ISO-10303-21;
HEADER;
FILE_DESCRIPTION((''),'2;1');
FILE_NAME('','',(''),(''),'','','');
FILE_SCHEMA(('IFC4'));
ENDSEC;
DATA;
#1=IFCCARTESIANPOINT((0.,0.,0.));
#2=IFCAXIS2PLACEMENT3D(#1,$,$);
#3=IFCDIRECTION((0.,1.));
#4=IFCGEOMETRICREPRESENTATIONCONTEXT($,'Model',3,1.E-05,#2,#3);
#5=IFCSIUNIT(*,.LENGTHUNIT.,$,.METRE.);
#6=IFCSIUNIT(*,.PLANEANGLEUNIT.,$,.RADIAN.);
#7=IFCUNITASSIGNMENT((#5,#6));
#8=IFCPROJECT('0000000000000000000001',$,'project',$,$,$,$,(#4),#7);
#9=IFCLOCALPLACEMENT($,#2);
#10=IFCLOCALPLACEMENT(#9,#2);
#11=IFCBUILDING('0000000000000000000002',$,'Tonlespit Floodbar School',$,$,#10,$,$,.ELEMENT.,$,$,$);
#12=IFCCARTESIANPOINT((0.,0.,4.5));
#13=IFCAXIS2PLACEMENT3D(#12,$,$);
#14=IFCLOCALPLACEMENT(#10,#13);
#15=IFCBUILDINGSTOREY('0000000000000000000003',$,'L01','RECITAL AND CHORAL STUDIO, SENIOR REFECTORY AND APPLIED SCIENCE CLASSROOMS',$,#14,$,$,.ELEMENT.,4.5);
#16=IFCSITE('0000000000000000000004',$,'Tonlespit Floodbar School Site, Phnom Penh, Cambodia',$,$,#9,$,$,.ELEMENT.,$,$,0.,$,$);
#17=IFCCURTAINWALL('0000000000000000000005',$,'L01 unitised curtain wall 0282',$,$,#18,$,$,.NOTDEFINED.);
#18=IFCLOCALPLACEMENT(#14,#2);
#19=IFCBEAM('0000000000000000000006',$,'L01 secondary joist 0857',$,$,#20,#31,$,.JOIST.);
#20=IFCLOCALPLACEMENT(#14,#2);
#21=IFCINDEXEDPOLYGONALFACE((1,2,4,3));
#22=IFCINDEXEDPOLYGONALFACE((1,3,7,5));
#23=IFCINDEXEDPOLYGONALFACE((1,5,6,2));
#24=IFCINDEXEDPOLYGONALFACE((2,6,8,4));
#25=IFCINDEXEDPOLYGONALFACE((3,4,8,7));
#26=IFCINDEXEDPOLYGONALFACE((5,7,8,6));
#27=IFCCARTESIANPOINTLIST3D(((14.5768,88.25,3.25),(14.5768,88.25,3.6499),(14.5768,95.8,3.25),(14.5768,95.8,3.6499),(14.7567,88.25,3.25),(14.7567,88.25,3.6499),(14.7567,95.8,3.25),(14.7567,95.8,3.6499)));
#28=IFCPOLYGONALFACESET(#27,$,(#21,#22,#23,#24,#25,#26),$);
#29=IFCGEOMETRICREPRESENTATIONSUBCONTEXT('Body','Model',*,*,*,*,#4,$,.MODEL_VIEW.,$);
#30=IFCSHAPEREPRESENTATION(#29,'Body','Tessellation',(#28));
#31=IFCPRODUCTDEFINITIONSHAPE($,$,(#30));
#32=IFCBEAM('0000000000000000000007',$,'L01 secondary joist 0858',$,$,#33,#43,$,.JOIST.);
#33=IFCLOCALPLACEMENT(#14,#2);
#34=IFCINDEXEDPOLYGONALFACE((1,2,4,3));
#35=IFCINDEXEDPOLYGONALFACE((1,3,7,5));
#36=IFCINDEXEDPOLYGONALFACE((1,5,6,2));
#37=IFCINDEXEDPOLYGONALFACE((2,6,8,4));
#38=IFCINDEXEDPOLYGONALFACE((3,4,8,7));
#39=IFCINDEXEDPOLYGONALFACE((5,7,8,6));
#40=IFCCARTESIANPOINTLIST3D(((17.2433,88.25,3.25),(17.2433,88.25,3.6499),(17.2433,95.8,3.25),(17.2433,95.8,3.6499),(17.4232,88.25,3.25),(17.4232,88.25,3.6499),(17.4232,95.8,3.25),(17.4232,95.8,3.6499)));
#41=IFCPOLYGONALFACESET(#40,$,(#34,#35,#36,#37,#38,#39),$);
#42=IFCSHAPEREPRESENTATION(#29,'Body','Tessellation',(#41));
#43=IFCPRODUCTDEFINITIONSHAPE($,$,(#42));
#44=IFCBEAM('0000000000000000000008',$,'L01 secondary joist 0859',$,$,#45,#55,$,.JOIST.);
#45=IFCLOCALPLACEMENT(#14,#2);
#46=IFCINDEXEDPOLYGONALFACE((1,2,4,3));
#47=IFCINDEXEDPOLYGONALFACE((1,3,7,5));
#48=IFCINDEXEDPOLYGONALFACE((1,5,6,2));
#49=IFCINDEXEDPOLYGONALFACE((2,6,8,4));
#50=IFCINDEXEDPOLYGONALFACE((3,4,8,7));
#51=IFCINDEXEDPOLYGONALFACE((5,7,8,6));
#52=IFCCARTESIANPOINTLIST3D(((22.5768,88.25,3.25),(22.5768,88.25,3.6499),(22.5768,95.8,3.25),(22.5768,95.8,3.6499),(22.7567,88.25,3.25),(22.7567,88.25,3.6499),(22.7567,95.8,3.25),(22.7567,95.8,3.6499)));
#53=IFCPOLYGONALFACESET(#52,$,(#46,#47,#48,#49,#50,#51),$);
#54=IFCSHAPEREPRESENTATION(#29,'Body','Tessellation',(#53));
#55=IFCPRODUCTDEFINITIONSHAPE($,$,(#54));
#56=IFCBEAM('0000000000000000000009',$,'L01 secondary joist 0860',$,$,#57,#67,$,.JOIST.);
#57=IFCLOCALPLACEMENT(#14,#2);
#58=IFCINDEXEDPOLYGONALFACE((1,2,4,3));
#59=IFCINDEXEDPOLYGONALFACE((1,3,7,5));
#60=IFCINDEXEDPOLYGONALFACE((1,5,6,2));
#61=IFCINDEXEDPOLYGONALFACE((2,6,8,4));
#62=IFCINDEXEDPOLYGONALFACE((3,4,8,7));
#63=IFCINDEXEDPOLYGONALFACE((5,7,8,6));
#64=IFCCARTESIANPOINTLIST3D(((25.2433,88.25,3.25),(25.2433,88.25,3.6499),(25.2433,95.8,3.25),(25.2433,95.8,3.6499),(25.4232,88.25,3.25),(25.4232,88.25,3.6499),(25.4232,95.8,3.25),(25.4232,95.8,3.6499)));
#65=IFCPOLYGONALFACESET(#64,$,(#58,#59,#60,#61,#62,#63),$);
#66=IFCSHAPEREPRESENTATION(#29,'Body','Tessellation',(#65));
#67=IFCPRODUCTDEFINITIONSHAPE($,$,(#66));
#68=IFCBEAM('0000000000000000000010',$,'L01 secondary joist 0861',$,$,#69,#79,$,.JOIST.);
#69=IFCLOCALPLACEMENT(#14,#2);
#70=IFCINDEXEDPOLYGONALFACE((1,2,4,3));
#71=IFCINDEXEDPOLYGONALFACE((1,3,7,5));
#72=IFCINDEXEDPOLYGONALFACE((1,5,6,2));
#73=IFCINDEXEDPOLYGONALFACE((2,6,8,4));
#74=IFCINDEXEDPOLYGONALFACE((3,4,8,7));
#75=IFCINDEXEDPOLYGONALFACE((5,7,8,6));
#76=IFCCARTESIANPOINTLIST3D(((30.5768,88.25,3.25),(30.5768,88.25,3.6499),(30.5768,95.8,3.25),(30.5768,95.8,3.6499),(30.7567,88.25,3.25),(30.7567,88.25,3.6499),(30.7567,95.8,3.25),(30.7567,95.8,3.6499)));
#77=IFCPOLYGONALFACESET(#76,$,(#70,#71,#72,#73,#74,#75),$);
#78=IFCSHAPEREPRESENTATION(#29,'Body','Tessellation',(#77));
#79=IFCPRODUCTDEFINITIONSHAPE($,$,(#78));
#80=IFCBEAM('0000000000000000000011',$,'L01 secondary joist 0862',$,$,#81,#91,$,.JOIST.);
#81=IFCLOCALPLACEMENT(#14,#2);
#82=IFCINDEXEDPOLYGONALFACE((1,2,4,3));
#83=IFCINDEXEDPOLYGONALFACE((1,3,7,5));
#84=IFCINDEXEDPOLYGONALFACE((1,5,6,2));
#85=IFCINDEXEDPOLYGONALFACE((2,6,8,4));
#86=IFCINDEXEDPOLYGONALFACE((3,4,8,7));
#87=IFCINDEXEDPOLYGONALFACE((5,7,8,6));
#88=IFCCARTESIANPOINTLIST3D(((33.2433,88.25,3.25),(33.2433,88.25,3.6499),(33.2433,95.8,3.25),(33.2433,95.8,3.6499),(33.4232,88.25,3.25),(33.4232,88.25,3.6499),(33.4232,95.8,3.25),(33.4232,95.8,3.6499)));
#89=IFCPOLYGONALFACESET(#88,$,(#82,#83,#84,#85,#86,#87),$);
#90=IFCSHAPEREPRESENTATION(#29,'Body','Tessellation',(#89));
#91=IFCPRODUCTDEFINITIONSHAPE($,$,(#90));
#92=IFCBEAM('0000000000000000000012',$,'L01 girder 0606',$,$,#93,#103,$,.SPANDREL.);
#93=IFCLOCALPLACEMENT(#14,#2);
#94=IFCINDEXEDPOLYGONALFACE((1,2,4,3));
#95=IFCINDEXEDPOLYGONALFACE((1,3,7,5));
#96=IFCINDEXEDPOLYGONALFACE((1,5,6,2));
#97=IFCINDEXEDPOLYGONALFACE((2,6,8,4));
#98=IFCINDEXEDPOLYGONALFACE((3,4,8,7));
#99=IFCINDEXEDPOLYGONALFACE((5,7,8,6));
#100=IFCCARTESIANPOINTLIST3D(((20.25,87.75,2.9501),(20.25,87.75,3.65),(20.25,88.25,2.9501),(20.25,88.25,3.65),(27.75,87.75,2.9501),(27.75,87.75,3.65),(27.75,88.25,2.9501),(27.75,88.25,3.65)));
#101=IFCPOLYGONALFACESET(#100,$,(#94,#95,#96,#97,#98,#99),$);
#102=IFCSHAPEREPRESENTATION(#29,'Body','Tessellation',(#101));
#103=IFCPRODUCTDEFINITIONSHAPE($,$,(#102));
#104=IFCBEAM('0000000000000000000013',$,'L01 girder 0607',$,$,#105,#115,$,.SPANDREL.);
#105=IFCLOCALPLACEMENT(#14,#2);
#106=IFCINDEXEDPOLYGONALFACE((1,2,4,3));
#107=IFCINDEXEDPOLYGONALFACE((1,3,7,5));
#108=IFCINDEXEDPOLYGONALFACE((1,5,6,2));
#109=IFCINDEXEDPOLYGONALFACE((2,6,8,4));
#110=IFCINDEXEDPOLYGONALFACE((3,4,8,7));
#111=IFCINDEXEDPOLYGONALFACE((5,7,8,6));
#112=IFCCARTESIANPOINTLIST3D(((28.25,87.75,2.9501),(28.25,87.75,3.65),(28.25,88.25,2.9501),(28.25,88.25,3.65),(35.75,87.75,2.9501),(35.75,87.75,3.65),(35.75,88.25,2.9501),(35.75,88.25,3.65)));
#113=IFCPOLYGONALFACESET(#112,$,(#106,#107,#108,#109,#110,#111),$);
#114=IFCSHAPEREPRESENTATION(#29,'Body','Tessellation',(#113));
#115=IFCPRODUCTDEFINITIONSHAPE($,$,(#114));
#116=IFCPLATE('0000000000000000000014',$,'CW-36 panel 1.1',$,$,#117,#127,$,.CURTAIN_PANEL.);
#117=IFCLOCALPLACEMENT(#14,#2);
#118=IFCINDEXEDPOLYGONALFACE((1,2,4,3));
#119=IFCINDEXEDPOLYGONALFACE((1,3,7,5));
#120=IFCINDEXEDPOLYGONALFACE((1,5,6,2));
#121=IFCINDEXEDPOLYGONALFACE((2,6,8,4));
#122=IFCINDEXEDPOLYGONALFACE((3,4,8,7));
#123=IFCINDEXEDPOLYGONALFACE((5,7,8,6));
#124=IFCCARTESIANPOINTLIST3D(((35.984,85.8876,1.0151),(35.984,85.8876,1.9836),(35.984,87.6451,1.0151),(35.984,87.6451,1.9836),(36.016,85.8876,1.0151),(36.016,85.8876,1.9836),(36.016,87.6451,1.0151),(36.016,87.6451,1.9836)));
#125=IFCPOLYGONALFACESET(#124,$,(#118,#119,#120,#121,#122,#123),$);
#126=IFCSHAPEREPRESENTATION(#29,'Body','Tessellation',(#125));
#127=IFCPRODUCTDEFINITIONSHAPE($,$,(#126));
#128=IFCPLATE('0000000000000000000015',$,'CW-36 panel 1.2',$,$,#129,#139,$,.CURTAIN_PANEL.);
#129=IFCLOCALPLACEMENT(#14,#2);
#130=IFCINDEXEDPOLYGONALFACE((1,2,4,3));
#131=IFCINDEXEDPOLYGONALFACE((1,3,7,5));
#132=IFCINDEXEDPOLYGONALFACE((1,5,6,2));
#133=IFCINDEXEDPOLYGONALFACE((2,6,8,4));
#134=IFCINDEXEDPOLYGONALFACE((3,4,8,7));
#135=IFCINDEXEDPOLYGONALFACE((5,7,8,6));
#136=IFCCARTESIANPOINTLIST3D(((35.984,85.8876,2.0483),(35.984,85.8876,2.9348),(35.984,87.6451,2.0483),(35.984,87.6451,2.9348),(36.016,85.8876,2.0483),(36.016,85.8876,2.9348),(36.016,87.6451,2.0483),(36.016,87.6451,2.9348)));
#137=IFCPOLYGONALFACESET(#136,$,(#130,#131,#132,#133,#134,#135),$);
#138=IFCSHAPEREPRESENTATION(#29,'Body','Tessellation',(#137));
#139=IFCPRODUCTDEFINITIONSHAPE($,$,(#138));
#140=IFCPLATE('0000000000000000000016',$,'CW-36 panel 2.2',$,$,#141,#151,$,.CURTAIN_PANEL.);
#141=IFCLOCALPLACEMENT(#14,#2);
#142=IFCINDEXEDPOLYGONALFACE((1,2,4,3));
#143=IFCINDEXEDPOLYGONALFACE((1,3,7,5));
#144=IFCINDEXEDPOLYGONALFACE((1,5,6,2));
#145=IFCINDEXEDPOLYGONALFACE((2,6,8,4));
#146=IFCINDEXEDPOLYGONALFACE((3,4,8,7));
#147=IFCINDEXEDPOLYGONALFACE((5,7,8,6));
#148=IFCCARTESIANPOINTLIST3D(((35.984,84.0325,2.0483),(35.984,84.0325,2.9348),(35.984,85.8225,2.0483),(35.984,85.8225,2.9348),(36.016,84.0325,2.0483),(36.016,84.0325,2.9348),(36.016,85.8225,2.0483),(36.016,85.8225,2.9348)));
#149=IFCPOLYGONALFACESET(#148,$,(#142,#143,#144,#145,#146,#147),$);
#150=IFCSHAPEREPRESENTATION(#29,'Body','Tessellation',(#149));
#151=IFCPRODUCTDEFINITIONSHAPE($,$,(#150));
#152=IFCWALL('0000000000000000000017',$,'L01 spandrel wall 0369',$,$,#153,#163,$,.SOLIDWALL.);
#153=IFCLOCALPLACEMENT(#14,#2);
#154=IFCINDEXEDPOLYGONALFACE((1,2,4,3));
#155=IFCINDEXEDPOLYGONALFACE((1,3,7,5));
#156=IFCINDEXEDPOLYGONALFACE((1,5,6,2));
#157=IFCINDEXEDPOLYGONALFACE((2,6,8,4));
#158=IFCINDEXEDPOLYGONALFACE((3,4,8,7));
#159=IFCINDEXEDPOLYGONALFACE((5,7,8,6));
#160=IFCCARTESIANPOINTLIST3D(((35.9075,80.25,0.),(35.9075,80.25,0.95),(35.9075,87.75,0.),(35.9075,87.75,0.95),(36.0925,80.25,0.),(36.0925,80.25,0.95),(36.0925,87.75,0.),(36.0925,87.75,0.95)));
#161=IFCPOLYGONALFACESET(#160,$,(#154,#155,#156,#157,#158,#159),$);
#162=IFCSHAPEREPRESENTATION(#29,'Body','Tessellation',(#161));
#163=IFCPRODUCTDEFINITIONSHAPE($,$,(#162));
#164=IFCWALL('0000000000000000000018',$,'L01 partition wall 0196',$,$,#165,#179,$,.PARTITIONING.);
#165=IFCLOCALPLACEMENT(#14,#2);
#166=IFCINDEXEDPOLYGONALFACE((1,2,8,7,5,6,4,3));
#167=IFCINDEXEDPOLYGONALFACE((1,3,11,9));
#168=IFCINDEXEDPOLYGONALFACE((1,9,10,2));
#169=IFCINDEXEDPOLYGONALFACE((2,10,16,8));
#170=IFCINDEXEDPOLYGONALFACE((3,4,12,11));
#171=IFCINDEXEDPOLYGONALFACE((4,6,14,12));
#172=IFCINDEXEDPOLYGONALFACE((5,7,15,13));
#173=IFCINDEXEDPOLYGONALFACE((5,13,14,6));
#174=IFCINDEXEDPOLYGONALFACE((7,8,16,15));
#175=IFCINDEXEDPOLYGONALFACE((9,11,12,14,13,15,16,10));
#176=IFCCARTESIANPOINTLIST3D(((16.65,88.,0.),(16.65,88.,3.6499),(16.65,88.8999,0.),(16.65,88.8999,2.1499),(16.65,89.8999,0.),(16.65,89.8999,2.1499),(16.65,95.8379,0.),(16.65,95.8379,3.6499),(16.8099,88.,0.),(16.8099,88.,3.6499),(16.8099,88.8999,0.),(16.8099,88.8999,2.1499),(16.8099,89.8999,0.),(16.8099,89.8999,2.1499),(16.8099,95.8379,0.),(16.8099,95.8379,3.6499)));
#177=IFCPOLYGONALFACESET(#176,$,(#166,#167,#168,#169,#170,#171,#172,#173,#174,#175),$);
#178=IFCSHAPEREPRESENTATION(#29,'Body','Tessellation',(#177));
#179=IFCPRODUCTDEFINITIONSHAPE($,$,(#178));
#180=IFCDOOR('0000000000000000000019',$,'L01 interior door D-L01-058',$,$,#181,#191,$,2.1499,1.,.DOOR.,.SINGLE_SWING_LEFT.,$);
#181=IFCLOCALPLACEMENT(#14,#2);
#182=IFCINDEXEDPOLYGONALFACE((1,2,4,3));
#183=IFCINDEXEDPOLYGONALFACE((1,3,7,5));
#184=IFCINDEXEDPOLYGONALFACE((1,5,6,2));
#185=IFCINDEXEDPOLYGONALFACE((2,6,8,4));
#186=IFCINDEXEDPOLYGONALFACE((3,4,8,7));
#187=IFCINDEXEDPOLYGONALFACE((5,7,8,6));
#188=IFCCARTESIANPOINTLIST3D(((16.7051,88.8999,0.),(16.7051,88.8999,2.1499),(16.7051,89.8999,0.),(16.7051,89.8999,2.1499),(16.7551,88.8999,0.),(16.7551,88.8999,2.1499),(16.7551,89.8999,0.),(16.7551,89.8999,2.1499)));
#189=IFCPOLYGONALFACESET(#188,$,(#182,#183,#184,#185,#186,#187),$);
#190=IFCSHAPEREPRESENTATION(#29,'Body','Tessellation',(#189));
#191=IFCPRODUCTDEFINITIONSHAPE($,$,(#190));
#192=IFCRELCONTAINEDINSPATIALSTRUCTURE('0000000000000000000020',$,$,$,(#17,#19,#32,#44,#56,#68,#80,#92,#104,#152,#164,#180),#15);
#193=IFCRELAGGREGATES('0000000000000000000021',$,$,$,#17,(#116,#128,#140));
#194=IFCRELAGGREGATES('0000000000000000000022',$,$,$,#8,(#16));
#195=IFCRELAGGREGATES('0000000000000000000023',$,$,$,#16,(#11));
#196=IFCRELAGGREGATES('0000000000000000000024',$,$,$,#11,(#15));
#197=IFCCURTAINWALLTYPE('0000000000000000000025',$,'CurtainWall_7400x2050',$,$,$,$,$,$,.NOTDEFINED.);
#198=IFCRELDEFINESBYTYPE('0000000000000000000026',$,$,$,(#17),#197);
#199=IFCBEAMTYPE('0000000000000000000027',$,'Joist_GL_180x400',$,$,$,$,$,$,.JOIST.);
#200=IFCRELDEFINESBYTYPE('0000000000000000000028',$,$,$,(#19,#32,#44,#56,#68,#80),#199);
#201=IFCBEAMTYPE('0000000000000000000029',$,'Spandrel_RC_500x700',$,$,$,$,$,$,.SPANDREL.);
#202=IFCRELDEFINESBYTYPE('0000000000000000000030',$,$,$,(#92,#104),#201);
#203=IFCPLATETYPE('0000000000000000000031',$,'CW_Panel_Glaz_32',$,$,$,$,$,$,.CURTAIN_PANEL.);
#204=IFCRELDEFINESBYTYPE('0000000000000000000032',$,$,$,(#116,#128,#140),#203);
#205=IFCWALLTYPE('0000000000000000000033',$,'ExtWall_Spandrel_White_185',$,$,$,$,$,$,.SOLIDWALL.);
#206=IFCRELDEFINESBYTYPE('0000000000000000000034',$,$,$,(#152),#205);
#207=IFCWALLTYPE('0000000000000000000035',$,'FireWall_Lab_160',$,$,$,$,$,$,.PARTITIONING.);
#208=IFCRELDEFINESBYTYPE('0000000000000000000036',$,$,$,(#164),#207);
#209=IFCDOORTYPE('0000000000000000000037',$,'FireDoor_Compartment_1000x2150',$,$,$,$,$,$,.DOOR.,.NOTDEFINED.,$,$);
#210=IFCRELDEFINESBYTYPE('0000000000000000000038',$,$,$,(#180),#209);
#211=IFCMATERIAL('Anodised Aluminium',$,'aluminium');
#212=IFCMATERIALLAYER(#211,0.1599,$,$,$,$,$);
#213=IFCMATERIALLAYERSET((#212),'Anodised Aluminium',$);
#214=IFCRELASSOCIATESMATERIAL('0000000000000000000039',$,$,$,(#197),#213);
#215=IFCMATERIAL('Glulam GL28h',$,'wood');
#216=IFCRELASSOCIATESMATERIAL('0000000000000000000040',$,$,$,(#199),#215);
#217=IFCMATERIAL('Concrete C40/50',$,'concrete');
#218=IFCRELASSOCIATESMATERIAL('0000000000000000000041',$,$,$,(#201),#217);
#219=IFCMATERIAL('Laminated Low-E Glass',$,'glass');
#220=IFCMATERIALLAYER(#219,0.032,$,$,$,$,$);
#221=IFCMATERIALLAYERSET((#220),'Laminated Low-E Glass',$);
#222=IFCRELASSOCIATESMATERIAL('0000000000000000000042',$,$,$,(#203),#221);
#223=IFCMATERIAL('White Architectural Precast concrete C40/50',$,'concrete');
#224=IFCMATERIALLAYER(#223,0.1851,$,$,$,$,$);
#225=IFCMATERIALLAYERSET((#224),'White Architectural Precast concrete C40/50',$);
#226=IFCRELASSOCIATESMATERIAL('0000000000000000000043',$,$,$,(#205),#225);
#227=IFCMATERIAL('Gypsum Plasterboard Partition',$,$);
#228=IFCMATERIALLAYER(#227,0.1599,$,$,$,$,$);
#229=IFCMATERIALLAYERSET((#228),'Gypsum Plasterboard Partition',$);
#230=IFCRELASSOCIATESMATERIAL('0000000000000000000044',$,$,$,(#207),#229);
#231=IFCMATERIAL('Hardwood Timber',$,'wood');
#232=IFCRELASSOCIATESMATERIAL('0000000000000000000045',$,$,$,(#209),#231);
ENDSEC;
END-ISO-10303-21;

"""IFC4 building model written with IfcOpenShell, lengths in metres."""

from ifc_helpers import new_model, si_unit, direction, frame, frame_2d, origin, origin_2d, place, context, subcontext, project, spatial, rectangle, extrude, material, layer, layer_set, material_profile, profile_set, type_object, element, fill, aggregate, save


model = new_model("IFC4")

# Units and contexts
model_context = context("Model", 3, precision=1e-05, world=origin(), true_north=direction((0.0, 1.0)))
body_context = subcontext(model_context, "Body", "Model", "MODEL_VIEW")
ifc_project = project(units=[si_unit("LENGTHUNIT", "METRE"), si_unit("PLANEANGLEUNIT", "RADIAN")], contexts=[model_context])

# Site, building, storey
site_placement = place(None, origin())
site = spatial("IfcSite", under=ifc_project, at=site_placement, Name="Tonlespit Floodbar School Site, Phnom Penh, Cambodia", CompositionType="ELEMENT", RefElevation=0.0)
building_placement = place(site_placement, origin())
building = spatial("IfcBuilding", under=site, at=building_placement, Name="Tonlespit Floodbar School", CompositionType="ELEMENT")
storey_placement = place(building_placement, frame((0.0, 0.0, 4.5)))
storey = spatial("IfcBuildingStorey", under=building, at=storey_placement, Name="L01", Description="RECITAL AND CHORAL STUDIO, SENIOR REFECTORY AND APPLIED SCIENCE CLASSROOMS", CompositionType="ELEMENT", Elevation=4.5)

# Shared definitions
ifc_material_1 = material(Name="Concrete C40/50", Category="concrete")

# Curtain wall
ifc_material_2 = material(Name="Anodised Aluminium", Category="aluminium")
ifc_layer_1 = layer(ifc_material_2, 0.1599)
ifc_layer_set_1 = layer_set([ifc_layer_1], Name="Anodised Aluminium")
curtain_wall_type = type_object("IfcCurtainWallType", Name="CurtainWall_7400x2050", PredefinedType="NOTDEFINED", material=ifc_layer_set_1)
curtain_wall_placement = place(storey_placement, origin())
curtain_wall = element("IfcCurtainWall", 1, at=curtain_wall_placement, inside=storey, type_object=curtain_wall_type, Name="L01 unitised curtain wall 0282", PredefinedType="NOTDEFINED")

# Beams
ifc_material_3 = material(Name="Glulam GL28h", Category="wood")
ifc_material_profile_1 = material_profile(ifc_material_3, rectangle(XDim=0.1799, YDim=0.3999, at=origin_2d()), Name="GL 180x400")
ifc_profile_set_1 = profile_set([ifc_material_profile_1], Name="Glulam GL28h")
beam_type_1 = type_object("IfcBeamType", Name="Joist_GL_180x400", PredefinedType="JOIST", material=ifc_profile_set_1)
for number, where, z_axis, x_axis, name in (
    (2, (14.6667, 88.25, 3.45), (0.0, 1.0, 0.0), (-1.0, 0.0, 0.0), "L01 secondary joist 0857"),
    (3, (17.3333, 88.25, 3.45), (0.0, 1.0, 0.0), (-1.0, 0.0, 0.0), "L01 secondary joist 0858"),
    (4, (22.6667, 88.25, 3.45), (0.0, 1.0, 0.0), (-1.0, 0.0, 0.0), "L01 secondary joist 0859"),
    (5, (25.3333, 88.25, 3.45), (0.0, 1.0, 0.0), (-1.0, 0.0, 0.0), "L01 secondary joist 0860"),
    (6, (30.6667, 88.25, 3.45), (0.0, 1.0, 0.0), (-1.0, 0.0, 0.0), "L01 secondary joist 0861"),
    (7, (33.3333, 88.25, 3.45), (0.0, 1.0, 0.0), (-1.0, 0.0, 0.0), "L01 secondary joist 0862"),
):
    element("IfcBeam", number, at=place(storey_placement, frame(where, z_axis=z_axis, x_axis=x_axis)), inside=storey, type_object=beam_type_1, Name=name, PredefinedType="JOIST", context=body_context, shape_type="SweptSolid", body=[
        extrude(rectangle(XDim=0.1799, YDim=0.3999, at=origin_2d()), origin(), (0.0, 0.0, 1.0), 7.55),
    ])
ifc_material_profile_2 = material_profile(ifc_material_1, rectangle(XDim=0.5, YDim=0.7, at=origin_2d()), Name="RC 500x700")
ifc_profile_set_2 = profile_set([ifc_material_profile_2], Name="Concrete C40/50")
beam_type_2 = type_object("IfcBeamType", Name="Spandrel_RC_500x700", PredefinedType="SPANDREL", material=ifc_profile_set_2)
for number, where, z_axis, x_axis, name in (
    (8, (20.25, 88.0, 3.3), (1.0, 0.0, 0.0), (0.0, 1.0, 0.0), "L01 girder 0606"),
    (9, (28.25, 88.0, 3.3), (1.0, 0.0, 0.0), (0.0, 1.0, 0.0), "L01 girder 0607"),
):
    element("IfcBeam", number, at=place(storey_placement, frame(where, z_axis=z_axis, x_axis=x_axis)), inside=storey, type_object=beam_type_2, Name=name, PredefinedType="SPANDREL", context=body_context, shape_type="SweptSolid", body=[
        extrude(rectangle(XDim=0.5, YDim=0.7, at=origin_2d()), origin(), (0.0, 0.0, 1.0), 7.5),
    ])

# Plates
ifc_material_4 = material(Name="Laminated Low-E Glass", Category="glass")
ifc_layer_2 = layer(ifc_material_4, 0.032)
ifc_layer_set_2 = layer_set([ifc_layer_2], Name="Laminated Low-E Glass")
plate_type = type_object("IfcPlateType", Name="CW_Panel_Glaz_32", PredefinedType="CURTAIN_PANEL", material=ifc_layer_set_2)
plate_1_placement = place(storey_placement, frame((36.0, 86.7664, 1.0151), z_axis=(0.0, 0.0, 1.0), x_axis=(0.0, -1.0, 0.0)))
plate_1 = element("IfcPlate", 10, at=plate_1_placement, type_object=plate_type, Name="CW-36 panel 1.1", PredefinedType="CURTAIN_PANEL", context=body_context, shape_type="SweptSolid", body=[
    extrude(rectangle(XDim=1.7576, YDim=0.032, at=origin_2d()), origin(), (0.0, 0.0, 1.0), 0.9685),
])
plate_2_placement = place(storey_placement, frame((36.0, 86.7664, 2.0483), z_axis=(0.0, 0.0, 1.0), x_axis=(0.0, -1.0, 0.0)))
plate_2 = element("IfcPlate", 11, at=plate_2_placement, type_object=plate_type, Name="CW-36 panel 1.2", PredefinedType="CURTAIN_PANEL", context=body_context, shape_type="SweptSolid", body=[
    extrude(rectangle(XDim=1.7576, YDim=0.032, at=origin_2d()), origin(), (0.0, 0.0, 1.0), 0.8865),
])
plate_3_placement = place(storey_placement, frame((36.0, 84.9275, 2.0483), z_axis=(0.0, 0.0, 1.0), x_axis=(0.0, -1.0, 0.0)))
plate_3 = element("IfcPlate", 12, at=plate_3_placement, type_object=plate_type, Name="CW-36 panel 2.2", PredefinedType="CURTAIN_PANEL", context=body_context, shape_type="SweptSolid", body=[
    extrude(rectangle(XDim=1.79, YDim=0.032, at=origin_2d()), origin(), (0.0, 0.0, 1.0), 0.8865),
])
aggregate(curtain_wall, [plate_1, plate_2, plate_3])

# Wall
ifc_material_5 = material(Name="White Architectural Precast concrete C40/50", Category="concrete")
ifc_layer_3 = layer(ifc_material_5, 0.1851)
ifc_layer_set_3 = layer_set([ifc_layer_3], Name="White Architectural Precast concrete C40/50")
wall_type_1 = type_object("IfcWallType", Name="ExtWall_Spandrel_White_185", PredefinedType="SOLIDWALL", material=ifc_layer_set_3)
wall_1_placement = place(storey_placement, frame((36.0, 87.75, 0.0), z_axis=(0.0, 0.0, 1.0), x_axis=(0.0, -1.0, 0.0)))
element("IfcWall", 13, at=wall_1_placement, inside=storey, type_object=wall_type_1, Name="L01 spandrel wall 0369", PredefinedType="SOLIDWALL", context=body_context, shape_type="SweptSolid", body=[
    extrude(rectangle(XDim=7.5, YDim=0.1851, at=frame_2d((3.75, 0.0))), origin(), (0.0, 0.0, 1.0), 0.95),
])

# Wall, opening, door
ifc_material_6 = material(Name="Gypsum Plasterboard Partition")
ifc_layer_4 = layer(ifc_material_6, 0.1599)
ifc_layer_set_4 = layer_set([ifc_layer_4], Name="Gypsum Plasterboard Partition")
wall_type_2 = type_object("IfcWallType", Name="FireWall_Lab_160", PredefinedType="PARTITIONING", material=ifc_layer_set_4)
wall_2_placement = place(storey_placement, frame((16.73, 88.0, 0.0), z_axis=(0.0, 0.0, 1.0), x_axis=(0.0, 1.0, 0.0)))
wall_2 = element("IfcWall", 14, at=wall_2_placement, inside=storey, type_object=wall_type_2, Name="L01 partition wall 0196", PredefinedType="PARTITIONING", context=body_context, shape_type="SweptSolid", body=[
    extrude(rectangle(XDim=7.8379, YDim=0.1599, at=frame_2d((3.9189, 0.0))), origin(), (0.0, 0.0, 1.0), 3.6499),
])
opening_placement = place(wall_2_placement, frame((0.8999, 0.0, 0.0)))
opening = element("IfcOpeningElement", 15, at=opening_placement, cuts=wall_2, PredefinedType="OPENING", context=body_context, shape_type="SweptSolid", body=[
    extrude(rectangle(XDim=1.0, YDim=2.1499, at=frame_2d((0.5, 1.075))), frame((0.0, 0.0898, 0.0), z_axis=(0.0, -1.0, 0.0), x_axis=(1.0, 0.0, 0.0)), (0.0, 0.0, 1.0), 0.1799),
])
ifc_material_7 = material(Name="Hardwood Timber", Category="wood")
door_type = type_object("IfcDoorType", Name="FireDoor_Compartment_1000x2150", OperationType="NOTDEFINED", PredefinedType="DOOR", material=ifc_material_7)
door_placement = place(opening_placement, origin())
door = element("IfcDoor", 16, at=door_placement, inside=storey, type_object=door_type, Name="L01 interior door D-L01-058", OperationType="SINGLE_SWING_LEFT", OverallHeight=2.1499, OverallWidth=1.0, PredefinedType="DOOR", context=body_context, shape_type="SweptSolid", body=[
    extrude(rectangle(XDim=1.0, YDim=2.1499, at=frame_2d((0.5, 1.075))), frame((0.0, 0.0249, 0.0), z_axis=(0.0, -1.0, 0.0), x_axis=(1.0, 0.0, 0.0)), (0.0, 0.0, 1.0), 0.05),
])
fill(opening, door)

save(model, "model.ifc")
